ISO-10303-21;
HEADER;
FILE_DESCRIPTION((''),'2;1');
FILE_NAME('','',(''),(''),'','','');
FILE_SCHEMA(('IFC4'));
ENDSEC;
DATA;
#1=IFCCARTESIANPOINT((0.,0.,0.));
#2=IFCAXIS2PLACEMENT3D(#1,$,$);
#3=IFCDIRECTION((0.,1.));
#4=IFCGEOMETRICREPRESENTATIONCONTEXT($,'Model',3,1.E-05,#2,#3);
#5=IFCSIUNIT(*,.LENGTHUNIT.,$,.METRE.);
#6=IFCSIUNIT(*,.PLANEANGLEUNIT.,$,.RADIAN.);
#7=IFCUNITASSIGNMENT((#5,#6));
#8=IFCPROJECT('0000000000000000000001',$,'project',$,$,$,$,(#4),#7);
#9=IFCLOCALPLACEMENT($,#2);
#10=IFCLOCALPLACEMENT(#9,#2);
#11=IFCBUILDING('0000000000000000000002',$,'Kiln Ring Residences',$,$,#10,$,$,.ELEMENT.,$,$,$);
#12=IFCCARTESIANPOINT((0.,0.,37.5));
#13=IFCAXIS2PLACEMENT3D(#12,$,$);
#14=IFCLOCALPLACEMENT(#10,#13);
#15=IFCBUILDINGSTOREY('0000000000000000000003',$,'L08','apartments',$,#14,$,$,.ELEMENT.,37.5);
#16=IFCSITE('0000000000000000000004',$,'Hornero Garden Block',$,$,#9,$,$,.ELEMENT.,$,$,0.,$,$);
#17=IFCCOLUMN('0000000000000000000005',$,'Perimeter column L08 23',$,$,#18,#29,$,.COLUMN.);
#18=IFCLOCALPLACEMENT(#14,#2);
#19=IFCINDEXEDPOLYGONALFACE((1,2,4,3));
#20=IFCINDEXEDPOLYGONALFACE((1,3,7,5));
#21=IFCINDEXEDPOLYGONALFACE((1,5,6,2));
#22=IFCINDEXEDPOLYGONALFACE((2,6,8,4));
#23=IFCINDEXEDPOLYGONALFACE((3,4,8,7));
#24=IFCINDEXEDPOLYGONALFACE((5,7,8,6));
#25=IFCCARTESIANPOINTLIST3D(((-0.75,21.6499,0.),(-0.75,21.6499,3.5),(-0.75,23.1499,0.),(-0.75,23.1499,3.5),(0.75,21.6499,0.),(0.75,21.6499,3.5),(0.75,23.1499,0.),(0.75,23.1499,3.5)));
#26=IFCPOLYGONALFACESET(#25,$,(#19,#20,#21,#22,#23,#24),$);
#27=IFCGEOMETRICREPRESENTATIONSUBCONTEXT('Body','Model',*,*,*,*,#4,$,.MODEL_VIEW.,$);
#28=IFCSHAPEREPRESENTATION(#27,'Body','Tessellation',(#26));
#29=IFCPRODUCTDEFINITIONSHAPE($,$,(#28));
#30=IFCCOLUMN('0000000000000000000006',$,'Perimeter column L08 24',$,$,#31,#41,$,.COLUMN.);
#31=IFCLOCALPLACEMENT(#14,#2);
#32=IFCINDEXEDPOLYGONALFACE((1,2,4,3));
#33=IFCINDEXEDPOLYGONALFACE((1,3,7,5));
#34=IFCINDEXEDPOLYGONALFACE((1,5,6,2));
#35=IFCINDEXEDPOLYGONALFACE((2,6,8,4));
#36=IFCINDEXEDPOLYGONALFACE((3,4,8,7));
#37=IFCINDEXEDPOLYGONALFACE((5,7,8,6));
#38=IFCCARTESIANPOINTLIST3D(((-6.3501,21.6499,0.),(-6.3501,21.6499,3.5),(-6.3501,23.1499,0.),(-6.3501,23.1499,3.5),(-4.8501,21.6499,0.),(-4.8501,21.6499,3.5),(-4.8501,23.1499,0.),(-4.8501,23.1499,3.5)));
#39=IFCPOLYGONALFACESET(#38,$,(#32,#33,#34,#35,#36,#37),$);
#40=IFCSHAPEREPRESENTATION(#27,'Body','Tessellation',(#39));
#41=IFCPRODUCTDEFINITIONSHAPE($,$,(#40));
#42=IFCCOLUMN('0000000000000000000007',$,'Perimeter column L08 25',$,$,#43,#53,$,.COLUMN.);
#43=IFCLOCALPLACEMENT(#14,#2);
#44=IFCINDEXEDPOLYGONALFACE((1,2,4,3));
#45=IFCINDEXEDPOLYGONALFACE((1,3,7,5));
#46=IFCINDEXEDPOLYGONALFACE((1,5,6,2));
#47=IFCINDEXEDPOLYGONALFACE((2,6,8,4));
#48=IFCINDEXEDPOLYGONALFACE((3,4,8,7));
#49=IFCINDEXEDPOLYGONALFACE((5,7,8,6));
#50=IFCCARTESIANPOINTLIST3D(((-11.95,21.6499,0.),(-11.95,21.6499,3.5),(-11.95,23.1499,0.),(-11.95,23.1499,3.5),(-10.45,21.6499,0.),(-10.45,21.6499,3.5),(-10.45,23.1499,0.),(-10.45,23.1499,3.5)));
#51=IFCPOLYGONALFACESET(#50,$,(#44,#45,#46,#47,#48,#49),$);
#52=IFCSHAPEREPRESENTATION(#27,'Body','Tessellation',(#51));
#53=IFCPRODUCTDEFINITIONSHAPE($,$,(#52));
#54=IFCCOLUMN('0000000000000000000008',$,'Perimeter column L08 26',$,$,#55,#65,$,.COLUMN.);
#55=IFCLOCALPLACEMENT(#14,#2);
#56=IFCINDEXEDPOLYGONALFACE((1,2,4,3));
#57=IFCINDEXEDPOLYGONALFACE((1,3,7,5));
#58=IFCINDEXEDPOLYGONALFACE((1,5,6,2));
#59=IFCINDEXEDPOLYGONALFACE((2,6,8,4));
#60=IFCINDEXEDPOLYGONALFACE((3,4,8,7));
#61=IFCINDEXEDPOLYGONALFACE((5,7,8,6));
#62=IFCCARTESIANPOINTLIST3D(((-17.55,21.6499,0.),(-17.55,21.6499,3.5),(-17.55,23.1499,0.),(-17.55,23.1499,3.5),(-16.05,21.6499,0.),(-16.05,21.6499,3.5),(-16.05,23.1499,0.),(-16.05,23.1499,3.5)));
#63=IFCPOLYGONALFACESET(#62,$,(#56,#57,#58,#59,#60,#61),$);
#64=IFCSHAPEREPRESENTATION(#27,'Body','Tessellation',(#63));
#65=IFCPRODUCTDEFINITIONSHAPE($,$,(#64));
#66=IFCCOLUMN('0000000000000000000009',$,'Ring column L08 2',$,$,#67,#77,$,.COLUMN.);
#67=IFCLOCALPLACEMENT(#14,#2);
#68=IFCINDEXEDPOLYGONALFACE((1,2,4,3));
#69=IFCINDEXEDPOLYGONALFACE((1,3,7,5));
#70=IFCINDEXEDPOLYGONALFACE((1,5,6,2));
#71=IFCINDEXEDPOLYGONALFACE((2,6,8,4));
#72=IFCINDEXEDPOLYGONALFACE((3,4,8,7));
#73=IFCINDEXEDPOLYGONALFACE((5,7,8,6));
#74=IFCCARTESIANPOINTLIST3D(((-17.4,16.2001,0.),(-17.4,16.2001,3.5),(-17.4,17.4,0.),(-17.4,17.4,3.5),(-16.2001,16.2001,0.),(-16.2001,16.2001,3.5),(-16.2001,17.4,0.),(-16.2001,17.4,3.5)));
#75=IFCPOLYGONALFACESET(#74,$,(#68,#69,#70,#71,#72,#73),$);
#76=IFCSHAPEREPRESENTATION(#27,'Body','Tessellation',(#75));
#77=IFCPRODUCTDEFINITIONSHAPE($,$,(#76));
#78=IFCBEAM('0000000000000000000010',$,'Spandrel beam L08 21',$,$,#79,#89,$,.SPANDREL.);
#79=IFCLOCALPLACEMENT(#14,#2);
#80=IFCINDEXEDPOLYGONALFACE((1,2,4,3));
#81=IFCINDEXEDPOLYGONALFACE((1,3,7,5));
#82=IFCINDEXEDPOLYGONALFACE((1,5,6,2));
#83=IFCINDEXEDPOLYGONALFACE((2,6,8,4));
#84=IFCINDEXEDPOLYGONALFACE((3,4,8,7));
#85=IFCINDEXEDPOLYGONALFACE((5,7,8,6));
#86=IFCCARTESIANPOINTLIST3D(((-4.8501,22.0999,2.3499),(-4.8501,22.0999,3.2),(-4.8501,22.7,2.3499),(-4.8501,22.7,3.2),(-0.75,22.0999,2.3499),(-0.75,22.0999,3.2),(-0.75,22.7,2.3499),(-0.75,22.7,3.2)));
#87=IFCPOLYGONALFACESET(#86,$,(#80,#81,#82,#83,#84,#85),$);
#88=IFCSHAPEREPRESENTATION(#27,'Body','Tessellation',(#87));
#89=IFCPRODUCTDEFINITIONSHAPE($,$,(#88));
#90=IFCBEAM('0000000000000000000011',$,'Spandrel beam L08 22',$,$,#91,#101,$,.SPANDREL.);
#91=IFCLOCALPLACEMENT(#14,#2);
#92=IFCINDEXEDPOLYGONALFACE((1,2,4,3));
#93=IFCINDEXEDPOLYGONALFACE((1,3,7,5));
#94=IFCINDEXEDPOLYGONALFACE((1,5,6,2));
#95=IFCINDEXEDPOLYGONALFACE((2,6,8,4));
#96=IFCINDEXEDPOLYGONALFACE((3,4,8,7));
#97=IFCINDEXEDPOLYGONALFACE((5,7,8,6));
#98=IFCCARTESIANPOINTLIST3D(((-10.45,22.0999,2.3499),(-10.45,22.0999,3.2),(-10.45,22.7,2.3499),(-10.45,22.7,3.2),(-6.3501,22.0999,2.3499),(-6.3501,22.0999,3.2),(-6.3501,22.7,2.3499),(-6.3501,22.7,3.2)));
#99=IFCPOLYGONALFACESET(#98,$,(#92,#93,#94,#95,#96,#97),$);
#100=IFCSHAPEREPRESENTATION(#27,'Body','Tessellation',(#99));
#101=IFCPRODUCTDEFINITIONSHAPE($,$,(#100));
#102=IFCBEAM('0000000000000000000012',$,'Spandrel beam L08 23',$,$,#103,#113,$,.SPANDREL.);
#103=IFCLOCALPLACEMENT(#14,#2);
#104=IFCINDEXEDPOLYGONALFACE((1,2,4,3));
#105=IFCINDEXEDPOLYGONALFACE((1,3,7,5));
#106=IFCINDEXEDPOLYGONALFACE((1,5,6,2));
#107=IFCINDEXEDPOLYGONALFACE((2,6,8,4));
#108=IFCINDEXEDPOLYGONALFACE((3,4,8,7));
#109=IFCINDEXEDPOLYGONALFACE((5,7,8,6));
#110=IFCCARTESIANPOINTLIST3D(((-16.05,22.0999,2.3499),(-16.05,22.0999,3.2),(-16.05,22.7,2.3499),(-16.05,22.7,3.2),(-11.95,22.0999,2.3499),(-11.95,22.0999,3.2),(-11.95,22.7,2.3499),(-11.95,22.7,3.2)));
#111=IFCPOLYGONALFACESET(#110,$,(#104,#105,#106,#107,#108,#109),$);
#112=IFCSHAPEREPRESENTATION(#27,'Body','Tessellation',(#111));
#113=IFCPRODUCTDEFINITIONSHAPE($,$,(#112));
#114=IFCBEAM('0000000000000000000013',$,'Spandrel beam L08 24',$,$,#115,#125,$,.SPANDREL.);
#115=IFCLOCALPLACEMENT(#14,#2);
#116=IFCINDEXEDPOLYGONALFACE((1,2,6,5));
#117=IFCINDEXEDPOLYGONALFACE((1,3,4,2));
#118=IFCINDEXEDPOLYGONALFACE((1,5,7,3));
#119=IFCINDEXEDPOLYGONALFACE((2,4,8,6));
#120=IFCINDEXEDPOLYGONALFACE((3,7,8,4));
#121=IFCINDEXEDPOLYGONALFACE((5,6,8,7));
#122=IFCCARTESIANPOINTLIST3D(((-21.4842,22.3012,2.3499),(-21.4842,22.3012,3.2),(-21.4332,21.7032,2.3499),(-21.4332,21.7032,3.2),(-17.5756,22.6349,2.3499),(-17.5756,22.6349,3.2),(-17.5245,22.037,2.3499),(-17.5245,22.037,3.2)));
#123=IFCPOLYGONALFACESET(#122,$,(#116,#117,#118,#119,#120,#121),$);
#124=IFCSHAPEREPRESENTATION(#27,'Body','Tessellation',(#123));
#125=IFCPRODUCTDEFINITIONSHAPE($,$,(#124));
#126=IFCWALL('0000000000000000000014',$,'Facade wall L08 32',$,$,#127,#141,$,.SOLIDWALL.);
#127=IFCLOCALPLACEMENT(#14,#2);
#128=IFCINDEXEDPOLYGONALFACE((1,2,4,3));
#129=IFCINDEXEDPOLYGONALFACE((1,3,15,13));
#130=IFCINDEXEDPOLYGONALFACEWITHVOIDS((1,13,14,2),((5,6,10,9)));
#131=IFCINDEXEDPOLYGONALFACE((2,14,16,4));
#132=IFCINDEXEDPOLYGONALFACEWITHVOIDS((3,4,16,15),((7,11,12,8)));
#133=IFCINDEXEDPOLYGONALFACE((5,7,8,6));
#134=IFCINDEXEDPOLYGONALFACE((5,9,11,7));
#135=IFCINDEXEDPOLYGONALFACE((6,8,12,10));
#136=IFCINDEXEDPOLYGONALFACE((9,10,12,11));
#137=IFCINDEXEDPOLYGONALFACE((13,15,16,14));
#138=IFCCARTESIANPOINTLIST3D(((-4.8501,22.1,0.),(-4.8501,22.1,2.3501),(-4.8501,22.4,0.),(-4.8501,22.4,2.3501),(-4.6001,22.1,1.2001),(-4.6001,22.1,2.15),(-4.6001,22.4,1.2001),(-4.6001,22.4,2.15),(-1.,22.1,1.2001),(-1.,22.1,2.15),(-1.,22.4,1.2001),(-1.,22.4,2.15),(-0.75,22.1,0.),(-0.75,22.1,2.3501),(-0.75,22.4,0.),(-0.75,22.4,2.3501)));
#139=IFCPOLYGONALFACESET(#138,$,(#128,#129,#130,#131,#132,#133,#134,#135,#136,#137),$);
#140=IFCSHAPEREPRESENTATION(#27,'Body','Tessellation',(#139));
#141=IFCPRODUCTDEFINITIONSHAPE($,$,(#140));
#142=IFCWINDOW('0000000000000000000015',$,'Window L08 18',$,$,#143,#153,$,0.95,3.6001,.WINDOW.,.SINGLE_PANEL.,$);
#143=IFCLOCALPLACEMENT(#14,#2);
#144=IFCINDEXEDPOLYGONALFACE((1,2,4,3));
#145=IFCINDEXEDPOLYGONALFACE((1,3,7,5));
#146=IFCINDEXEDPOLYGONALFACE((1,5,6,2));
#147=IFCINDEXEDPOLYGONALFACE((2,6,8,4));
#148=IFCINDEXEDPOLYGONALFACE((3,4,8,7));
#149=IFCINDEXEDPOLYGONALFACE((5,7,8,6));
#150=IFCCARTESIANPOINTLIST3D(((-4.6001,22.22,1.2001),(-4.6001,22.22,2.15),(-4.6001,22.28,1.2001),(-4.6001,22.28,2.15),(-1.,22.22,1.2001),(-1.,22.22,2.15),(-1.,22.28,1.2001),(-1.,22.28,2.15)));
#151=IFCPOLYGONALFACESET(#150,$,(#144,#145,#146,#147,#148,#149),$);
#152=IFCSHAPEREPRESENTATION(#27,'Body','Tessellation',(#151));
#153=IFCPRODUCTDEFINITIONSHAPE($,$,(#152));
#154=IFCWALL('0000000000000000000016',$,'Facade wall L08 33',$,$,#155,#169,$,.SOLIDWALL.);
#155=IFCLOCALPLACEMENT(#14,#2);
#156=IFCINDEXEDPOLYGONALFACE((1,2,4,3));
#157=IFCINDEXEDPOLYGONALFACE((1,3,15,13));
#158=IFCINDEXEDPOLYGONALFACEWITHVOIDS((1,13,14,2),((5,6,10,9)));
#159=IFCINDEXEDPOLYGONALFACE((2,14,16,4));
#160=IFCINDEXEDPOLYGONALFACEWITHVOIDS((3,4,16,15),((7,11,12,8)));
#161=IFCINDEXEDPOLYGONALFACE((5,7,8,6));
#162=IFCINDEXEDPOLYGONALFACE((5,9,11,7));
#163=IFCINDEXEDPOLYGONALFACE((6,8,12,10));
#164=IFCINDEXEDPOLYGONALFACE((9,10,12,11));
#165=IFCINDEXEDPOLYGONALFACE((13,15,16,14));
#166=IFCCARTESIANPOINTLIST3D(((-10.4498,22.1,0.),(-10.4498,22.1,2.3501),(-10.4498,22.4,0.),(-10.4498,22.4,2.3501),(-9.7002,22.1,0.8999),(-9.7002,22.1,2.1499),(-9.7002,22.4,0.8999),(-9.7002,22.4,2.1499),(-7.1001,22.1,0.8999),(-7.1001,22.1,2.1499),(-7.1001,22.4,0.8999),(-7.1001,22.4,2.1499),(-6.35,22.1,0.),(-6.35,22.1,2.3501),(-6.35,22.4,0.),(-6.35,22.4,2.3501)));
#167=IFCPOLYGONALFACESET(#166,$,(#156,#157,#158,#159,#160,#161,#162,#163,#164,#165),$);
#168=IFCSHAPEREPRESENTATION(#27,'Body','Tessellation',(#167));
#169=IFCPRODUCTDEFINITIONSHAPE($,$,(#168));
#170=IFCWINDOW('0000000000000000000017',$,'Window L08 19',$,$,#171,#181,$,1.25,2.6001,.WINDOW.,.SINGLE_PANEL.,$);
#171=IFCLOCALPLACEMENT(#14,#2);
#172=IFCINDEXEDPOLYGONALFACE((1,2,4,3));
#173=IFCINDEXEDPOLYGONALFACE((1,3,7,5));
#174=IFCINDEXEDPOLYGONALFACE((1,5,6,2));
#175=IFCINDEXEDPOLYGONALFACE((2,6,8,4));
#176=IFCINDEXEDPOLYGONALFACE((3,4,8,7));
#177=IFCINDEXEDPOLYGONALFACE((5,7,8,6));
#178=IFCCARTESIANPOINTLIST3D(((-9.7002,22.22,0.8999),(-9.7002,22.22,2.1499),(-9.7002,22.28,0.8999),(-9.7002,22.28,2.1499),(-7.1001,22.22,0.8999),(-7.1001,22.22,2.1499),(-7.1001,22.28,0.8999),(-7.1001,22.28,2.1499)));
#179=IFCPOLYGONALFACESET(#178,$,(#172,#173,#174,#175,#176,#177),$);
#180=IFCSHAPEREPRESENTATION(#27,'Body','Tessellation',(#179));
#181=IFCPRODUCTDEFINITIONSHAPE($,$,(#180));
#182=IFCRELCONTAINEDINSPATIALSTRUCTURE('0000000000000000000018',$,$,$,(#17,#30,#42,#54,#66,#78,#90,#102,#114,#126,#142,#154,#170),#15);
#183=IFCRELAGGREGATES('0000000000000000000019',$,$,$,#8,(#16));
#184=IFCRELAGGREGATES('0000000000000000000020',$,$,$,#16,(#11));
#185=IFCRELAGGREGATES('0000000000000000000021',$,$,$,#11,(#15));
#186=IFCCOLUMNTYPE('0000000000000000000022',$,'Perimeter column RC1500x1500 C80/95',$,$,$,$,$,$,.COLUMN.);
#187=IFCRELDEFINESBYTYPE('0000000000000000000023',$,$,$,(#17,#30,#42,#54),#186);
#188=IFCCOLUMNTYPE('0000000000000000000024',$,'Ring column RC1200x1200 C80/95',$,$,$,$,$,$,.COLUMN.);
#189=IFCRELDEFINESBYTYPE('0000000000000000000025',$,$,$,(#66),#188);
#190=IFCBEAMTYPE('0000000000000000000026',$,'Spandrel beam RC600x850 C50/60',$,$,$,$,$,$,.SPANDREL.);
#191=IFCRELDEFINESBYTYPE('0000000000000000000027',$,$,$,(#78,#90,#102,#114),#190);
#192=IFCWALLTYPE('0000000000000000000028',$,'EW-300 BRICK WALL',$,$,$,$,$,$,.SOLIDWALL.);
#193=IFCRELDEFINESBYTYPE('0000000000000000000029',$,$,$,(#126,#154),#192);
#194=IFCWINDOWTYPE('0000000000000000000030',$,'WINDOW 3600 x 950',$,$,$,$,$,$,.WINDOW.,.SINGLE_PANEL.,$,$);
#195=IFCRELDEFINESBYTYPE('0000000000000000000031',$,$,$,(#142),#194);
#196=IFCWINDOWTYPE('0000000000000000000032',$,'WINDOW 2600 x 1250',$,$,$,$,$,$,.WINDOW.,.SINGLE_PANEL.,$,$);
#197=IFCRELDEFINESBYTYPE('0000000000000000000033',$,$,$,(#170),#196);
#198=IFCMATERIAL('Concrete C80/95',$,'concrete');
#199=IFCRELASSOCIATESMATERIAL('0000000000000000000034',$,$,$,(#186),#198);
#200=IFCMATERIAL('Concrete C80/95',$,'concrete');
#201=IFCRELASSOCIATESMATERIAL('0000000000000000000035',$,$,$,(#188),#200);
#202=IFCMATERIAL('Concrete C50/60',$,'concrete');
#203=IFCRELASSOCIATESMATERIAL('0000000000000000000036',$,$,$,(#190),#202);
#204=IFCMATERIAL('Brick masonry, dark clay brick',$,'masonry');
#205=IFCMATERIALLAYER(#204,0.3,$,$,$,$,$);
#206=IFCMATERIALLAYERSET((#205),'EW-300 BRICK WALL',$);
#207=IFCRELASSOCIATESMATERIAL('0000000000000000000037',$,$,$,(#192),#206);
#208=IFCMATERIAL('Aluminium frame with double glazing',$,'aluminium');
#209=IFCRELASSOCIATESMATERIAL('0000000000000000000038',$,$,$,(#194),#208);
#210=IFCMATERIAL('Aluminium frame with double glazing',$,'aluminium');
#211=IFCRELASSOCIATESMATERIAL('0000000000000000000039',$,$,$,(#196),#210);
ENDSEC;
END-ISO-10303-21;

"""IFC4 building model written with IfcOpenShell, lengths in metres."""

from ifc_helpers import new_model, si_unit, direction, frame, frame_2d, origin, origin_2d, place, context, subcontext, project, spatial, rectangle, extrude, material, layer, layer_set, material_profile, profile_set, type_object, element, fill, save


model = new_model("IFC4")

# Units and contexts
model_context = context("Model", 3, precision=1e-05, world=origin(), true_north=direction((0.0, 1.0)))
body_context = subcontext(model_context, "Body", "Model", "MODEL_VIEW")
ifc_project = project(units=[si_unit("LENGTHUNIT", "METRE"), si_unit("PLANEANGLEUNIT", "RADIAN")], contexts=[model_context])

# Site, building, storey
site_placement = place(None, origin())
site = spatial("IfcSite", under=ifc_project, at=site_placement, Name="Hornero Garden Block", CompositionType="ELEMENT", RefElevation=0.0)
building_placement = place(site_placement, origin())
building = spatial("IfcBuilding", under=site, at=building_placement, Name="Kiln Ring Residences", CompositionType="ELEMENT")
storey_placement = place(building_placement, frame((0.0, 0.0, 37.5)))
storey = spatial("IfcBuildingStorey", under=building, at=storey_placement, Name="L08", Description="apartments", CompositionType="ELEMENT", Elevation=37.5)

# Columns
ifc_material_1 = material(Name="Concrete C80/95", Category="concrete")
ifc_material_profile_1 = material_profile(ifc_material_1, rectangle(XDim=1.5, YDim=1.5, at=origin_2d()), Name="RC1500x1500")
ifc_profile_set_1 = profile_set([ifc_material_profile_1], Name="Concrete C80/95")
column_type_1 = type_object("IfcColumnType", Name="Perimeter column RC1500x1500 C80/95", PredefinedType="COLUMN", material=ifc_profile_set_1)
for number, where, z_axis, x_axis, name in (
    (1, (0.0, 22.3999, 0.0), (0.0, 0.0, 1.0), (1.0, 0.0, 0.0), "Perimeter column L08 23"),
    (2, (-5.6001, 22.3999, 0.0), (0.0, 0.0, 1.0), (1.0, 0.0, 0.0), "Perimeter column L08 24"),
    (3, (-11.2, 22.3999, 0.0), (0.0, 0.0, 1.0), (1.0, 0.0, 0.0), "Perimeter column L08 25"),
    (4, (-16.8, 22.3999, 0.0), (0.0, 0.0, 1.0), (1.0, 0.0, 0.0), "Perimeter column L08 26"),
):
    element("IfcColumn", number, at=place(storey_placement, frame(where, z_axis=z_axis, x_axis=x_axis)), inside=storey, type_object=column_type_1, Name=name, PredefinedType="COLUMN", context=body_context, shape_type="SweptSolid", body=[
        extrude(rectangle(XDim=1.5, YDim=1.5, at=origin_2d()), origin(), (0.0, 0.0, 1.0), 3.5),
    ])
ifc_material_2 = material(Name="Concrete C80/95", Category="concrete")
ifc_material_profile_2 = material_profile(ifc_material_2, rectangle(XDim=1.2, YDim=1.2, at=origin_2d()), Name="RC1200x1200")
ifc_profile_set_2 = profile_set([ifc_material_profile_2], Name="Concrete C80/95")
column_type_2 = type_object("IfcColumnType", Name="Ring column RC1200x1200 C80/95", PredefinedType="COLUMN", material=ifc_profile_set_2)
column_placement = place(storey_placement, frame((-16.8, 16.8, 0.0), z_axis=(0.0, 0.0, 1.0), x_axis=(1.0, 0.0, 0.0)))
element("IfcColumn", 5, at=column_placement, inside=storey, type_object=column_type_2, Name="Ring column L08 2", PredefinedType="COLUMN", context=body_context, shape_type="SweptSolid", body=[
    extrude(rectangle(XDim=1.2, YDim=1.2, at=origin_2d()), origin(), (0.0, 0.0, 1.0), 3.5),
])

# Beams
ifc_material_3 = material(Name="Concrete C50/60", Category="concrete")
ifc_material_profile_3 = material_profile(ifc_material_3, rectangle(XDim=0.6001, YDim=0.8501, at=origin_2d()), Name="RC600x850")
ifc_profile_set_3 = profile_set([ifc_material_profile_3], Name="Concrete C50/60")
beam_type = type_object("IfcBeamType", Name="Spandrel beam RC600x850 C50/60", PredefinedType="SPANDREL", material=ifc_profile_set_3)
beam_1_placement = place(storey_placement, frame((-0.75, 22.3999, 2.7749), z_axis=(-1.0, 0.0, 0.0), x_axis=(0.0, -1.0, 0.0)))
element("IfcBeam", 6, at=beam_1_placement, inside=storey, type_object=beam_type, Name="Spandrel beam L08 21", PredefinedType="SPANDREL", context=body_context, shape_type="SweptSolid", body=[
    extrude(rectangle(XDim=0.6001, YDim=0.8501, at=origin_2d()), origin(), (0.0, 0.0, 1.0), 4.1001),
])
beam_2_placement = place(storey_placement, frame((-6.3501, 22.3999, 2.7749), z_axis=(-1.0, 0.0, 0.0), x_axis=(0.0, -1.0, 0.0)))
element("IfcBeam", 7, at=beam_2_placement, inside=storey, type_object=beam_type, Name="Spandrel beam L08 22", PredefinedType="SPANDREL", context=body_context, shape_type="SweptSolid", body=[
    extrude(rectangle(XDim=0.6001, YDim=0.8501, at=origin_2d()), origin(), (0.0, 0.0, 1.0), 4.0999),
])
beam_3_placement = place(storey_placement, frame((-11.95, 22.3999, 2.7749), z_axis=(-1.0, 0.0, 0.0), x_axis=(0.0, -1.0, 0.0)))
element("IfcBeam", 8, at=beam_3_placement, inside=storey, type_object=beam_type, Name="Spandrel beam L08 23", PredefinedType="SPANDREL", context=body_context, shape_type="SweptSolid", body=[
    extrude(rectangle(XDim=0.6001, YDim=0.8501, at=origin_2d()), origin(), (0.0, 0.0, 1.0), 4.1001),
])
beam_4_placement = place(storey_placement, frame((-17.55, 22.3359, 2.7749), z_axis=(-0.996375, -0.085075, 0.0), x_axis=(0.085075, -0.996375, 0.0)))
element("IfcBeam", 9, at=beam_4_placement, inside=storey, type_object=beam_type, Name="Spandrel beam L08 24", PredefinedType="SPANDREL", context=body_context, shape_type="SweptSolid", body=[
    extrude(rectangle(XDim=0.6001, YDim=0.8501, at=origin_2d()), origin(), (0.0, 0.0, 1.0), 3.9229),
])

# Walls, openings, windows
ifc_material_4 = material(Name="Brick masonry, dark clay brick", Category="masonry")
ifc_layer_1 = layer(ifc_material_4, 0.3)
ifc_layer_set_1 = layer_set([ifc_layer_1], Name="EW-300 BRICK WALL")
wall_type_1 = type_object("IfcWallType", Name="EW-300 BRICK WALL", PredefinedType="SOLIDWALL", material=ifc_layer_set_1)
wall_1_placement = place(storey_placement, frame((-0.75, 22.25, 0.0), z_axis=(0.0, 0.0, 1.0), x_axis=(-1.0, 0.0, 0.0)))
wall_1 = element("IfcWall", 10, at=wall_1_placement, inside=storey, type_object=wall_type_1, Name="Facade wall L08 32", PredefinedType="SOLIDWALL", context=body_context, shape_type="SweptSolid", body=[
    extrude(rectangle(XDim=4.1001, YDim=0.3, at=frame_2d((2.05, 0.0))), origin(), (0.0, 0.0, 1.0), 2.3501),
])
opening_1_placement = place(wall_1_placement, frame((0.25, 0.0, 1.2)))
opening_1 = element("IfcOpeningElement", 11, at=opening_1_placement, cuts=wall_1, PredefinedType="OPENING", context=body_context, shape_type="SweptSolid", body=[
    extrude(rectangle(XDim=3.6001, YDim=0.95, at=frame_2d((1.8, 0.4751))), frame((0.0, 0.1599, 0.0), z_axis=(0.0, -1.0, 0.0), x_axis=(1.0, 0.0, 0.0)), (0.0, 0.0, 1.0), 0.3201),
])
ifc_material_5 = material(Name="Aluminium frame with double glazing", Category="aluminium")
window_type_1 = type_object("IfcWindowType", Name="WINDOW 3600 x 950", PartitioningType="SINGLE_PANEL", PredefinedType="WINDOW", material=ifc_material_5)
window_1_placement = place(opening_1_placement, origin())
window_1 = element("IfcWindow", 12, at=window_1_placement, inside=storey, type_object=window_type_1, Name="Window L08 18", OverallHeight=0.95, OverallWidth=3.6001, PartitioningType="SINGLE_PANEL", PredefinedType="WINDOW", context=body_context, shape_type="SweptSolid", body=[
    extrude(rectangle(XDim=3.6001, YDim=0.95, at=frame_2d((1.8, 0.4751))), frame((0.0, 0.03, 0.0), z_axis=(0.0, -1.0, 0.0), x_axis=(1.0, 0.0, 0.0)), (0.0, 0.0, 1.0), 0.0601),
])
fill(opening_1, window_1)
wall_2_placement = place(storey_placement, frame((-6.3501, 22.25, 0.0), z_axis=(0.0, 0.0, 1.0), x_axis=(-1.0, 0.0, 0.0)))
wall_2 = element("IfcWall", 13, at=wall_2_placement, inside=storey, type_object=wall_type_1, Name="Facade wall L08 33", PredefinedType="SOLIDWALL", context=body_context, shape_type="SweptSolid", body=[
    extrude(rectangle(XDim=4.0999, YDim=0.3, at=frame_2d((2.0498, 0.0))), origin(), (0.0, 0.0, 1.0), 2.3501),
])
opening_2_placement = place(wall_2_placement, frame((0.75, 0.0, 0.8999)))
opening_2 = element("IfcOpeningElement", 14, at=opening_2_placement, cuts=wall_2, PredefinedType="OPENING", context=body_context, shape_type="SweptSolid", body=[
    extrude(rectangle(XDim=2.6001, YDim=1.25, at=frame_2d((1.3, 0.625))), frame((0.0, 0.1599, 0.0), z_axis=(0.0, -1.0, 0.0), x_axis=(1.0, 0.0, 0.0)), (0.0, 0.0, 1.0), 0.3201),
])
ifc_material_6 = material(Name="Aluminium frame with double glazing", Category="aluminium")
window_type_2 = type_object("IfcWindowType", Name="WINDOW 2600 x 1250", PartitioningType="SINGLE_PANEL", PredefinedType="WINDOW", material=ifc_material_6)
window_2_placement = place(opening_2_placement, origin())
window_2 = element("IfcWindow", 15, at=window_2_placement, inside=storey, type_object=window_type_2, Name="Window L08 19", OverallHeight=1.25, OverallWidth=2.6001, PartitioningType="SINGLE_PANEL", PredefinedType="WINDOW", context=body_context, shape_type="SweptSolid", body=[
    extrude(rectangle(XDim=2.6001, YDim=1.25, at=frame_2d((1.3, 0.625))), frame((0.0, 0.03, 0.0), z_axis=(0.0, -1.0, 0.0), x_axis=(1.0, 0.0, 0.0)), (0.0, 0.0, 1.0), 0.0601),
])
fill(opening_2, window_2)

save(model, "model.ifc")
